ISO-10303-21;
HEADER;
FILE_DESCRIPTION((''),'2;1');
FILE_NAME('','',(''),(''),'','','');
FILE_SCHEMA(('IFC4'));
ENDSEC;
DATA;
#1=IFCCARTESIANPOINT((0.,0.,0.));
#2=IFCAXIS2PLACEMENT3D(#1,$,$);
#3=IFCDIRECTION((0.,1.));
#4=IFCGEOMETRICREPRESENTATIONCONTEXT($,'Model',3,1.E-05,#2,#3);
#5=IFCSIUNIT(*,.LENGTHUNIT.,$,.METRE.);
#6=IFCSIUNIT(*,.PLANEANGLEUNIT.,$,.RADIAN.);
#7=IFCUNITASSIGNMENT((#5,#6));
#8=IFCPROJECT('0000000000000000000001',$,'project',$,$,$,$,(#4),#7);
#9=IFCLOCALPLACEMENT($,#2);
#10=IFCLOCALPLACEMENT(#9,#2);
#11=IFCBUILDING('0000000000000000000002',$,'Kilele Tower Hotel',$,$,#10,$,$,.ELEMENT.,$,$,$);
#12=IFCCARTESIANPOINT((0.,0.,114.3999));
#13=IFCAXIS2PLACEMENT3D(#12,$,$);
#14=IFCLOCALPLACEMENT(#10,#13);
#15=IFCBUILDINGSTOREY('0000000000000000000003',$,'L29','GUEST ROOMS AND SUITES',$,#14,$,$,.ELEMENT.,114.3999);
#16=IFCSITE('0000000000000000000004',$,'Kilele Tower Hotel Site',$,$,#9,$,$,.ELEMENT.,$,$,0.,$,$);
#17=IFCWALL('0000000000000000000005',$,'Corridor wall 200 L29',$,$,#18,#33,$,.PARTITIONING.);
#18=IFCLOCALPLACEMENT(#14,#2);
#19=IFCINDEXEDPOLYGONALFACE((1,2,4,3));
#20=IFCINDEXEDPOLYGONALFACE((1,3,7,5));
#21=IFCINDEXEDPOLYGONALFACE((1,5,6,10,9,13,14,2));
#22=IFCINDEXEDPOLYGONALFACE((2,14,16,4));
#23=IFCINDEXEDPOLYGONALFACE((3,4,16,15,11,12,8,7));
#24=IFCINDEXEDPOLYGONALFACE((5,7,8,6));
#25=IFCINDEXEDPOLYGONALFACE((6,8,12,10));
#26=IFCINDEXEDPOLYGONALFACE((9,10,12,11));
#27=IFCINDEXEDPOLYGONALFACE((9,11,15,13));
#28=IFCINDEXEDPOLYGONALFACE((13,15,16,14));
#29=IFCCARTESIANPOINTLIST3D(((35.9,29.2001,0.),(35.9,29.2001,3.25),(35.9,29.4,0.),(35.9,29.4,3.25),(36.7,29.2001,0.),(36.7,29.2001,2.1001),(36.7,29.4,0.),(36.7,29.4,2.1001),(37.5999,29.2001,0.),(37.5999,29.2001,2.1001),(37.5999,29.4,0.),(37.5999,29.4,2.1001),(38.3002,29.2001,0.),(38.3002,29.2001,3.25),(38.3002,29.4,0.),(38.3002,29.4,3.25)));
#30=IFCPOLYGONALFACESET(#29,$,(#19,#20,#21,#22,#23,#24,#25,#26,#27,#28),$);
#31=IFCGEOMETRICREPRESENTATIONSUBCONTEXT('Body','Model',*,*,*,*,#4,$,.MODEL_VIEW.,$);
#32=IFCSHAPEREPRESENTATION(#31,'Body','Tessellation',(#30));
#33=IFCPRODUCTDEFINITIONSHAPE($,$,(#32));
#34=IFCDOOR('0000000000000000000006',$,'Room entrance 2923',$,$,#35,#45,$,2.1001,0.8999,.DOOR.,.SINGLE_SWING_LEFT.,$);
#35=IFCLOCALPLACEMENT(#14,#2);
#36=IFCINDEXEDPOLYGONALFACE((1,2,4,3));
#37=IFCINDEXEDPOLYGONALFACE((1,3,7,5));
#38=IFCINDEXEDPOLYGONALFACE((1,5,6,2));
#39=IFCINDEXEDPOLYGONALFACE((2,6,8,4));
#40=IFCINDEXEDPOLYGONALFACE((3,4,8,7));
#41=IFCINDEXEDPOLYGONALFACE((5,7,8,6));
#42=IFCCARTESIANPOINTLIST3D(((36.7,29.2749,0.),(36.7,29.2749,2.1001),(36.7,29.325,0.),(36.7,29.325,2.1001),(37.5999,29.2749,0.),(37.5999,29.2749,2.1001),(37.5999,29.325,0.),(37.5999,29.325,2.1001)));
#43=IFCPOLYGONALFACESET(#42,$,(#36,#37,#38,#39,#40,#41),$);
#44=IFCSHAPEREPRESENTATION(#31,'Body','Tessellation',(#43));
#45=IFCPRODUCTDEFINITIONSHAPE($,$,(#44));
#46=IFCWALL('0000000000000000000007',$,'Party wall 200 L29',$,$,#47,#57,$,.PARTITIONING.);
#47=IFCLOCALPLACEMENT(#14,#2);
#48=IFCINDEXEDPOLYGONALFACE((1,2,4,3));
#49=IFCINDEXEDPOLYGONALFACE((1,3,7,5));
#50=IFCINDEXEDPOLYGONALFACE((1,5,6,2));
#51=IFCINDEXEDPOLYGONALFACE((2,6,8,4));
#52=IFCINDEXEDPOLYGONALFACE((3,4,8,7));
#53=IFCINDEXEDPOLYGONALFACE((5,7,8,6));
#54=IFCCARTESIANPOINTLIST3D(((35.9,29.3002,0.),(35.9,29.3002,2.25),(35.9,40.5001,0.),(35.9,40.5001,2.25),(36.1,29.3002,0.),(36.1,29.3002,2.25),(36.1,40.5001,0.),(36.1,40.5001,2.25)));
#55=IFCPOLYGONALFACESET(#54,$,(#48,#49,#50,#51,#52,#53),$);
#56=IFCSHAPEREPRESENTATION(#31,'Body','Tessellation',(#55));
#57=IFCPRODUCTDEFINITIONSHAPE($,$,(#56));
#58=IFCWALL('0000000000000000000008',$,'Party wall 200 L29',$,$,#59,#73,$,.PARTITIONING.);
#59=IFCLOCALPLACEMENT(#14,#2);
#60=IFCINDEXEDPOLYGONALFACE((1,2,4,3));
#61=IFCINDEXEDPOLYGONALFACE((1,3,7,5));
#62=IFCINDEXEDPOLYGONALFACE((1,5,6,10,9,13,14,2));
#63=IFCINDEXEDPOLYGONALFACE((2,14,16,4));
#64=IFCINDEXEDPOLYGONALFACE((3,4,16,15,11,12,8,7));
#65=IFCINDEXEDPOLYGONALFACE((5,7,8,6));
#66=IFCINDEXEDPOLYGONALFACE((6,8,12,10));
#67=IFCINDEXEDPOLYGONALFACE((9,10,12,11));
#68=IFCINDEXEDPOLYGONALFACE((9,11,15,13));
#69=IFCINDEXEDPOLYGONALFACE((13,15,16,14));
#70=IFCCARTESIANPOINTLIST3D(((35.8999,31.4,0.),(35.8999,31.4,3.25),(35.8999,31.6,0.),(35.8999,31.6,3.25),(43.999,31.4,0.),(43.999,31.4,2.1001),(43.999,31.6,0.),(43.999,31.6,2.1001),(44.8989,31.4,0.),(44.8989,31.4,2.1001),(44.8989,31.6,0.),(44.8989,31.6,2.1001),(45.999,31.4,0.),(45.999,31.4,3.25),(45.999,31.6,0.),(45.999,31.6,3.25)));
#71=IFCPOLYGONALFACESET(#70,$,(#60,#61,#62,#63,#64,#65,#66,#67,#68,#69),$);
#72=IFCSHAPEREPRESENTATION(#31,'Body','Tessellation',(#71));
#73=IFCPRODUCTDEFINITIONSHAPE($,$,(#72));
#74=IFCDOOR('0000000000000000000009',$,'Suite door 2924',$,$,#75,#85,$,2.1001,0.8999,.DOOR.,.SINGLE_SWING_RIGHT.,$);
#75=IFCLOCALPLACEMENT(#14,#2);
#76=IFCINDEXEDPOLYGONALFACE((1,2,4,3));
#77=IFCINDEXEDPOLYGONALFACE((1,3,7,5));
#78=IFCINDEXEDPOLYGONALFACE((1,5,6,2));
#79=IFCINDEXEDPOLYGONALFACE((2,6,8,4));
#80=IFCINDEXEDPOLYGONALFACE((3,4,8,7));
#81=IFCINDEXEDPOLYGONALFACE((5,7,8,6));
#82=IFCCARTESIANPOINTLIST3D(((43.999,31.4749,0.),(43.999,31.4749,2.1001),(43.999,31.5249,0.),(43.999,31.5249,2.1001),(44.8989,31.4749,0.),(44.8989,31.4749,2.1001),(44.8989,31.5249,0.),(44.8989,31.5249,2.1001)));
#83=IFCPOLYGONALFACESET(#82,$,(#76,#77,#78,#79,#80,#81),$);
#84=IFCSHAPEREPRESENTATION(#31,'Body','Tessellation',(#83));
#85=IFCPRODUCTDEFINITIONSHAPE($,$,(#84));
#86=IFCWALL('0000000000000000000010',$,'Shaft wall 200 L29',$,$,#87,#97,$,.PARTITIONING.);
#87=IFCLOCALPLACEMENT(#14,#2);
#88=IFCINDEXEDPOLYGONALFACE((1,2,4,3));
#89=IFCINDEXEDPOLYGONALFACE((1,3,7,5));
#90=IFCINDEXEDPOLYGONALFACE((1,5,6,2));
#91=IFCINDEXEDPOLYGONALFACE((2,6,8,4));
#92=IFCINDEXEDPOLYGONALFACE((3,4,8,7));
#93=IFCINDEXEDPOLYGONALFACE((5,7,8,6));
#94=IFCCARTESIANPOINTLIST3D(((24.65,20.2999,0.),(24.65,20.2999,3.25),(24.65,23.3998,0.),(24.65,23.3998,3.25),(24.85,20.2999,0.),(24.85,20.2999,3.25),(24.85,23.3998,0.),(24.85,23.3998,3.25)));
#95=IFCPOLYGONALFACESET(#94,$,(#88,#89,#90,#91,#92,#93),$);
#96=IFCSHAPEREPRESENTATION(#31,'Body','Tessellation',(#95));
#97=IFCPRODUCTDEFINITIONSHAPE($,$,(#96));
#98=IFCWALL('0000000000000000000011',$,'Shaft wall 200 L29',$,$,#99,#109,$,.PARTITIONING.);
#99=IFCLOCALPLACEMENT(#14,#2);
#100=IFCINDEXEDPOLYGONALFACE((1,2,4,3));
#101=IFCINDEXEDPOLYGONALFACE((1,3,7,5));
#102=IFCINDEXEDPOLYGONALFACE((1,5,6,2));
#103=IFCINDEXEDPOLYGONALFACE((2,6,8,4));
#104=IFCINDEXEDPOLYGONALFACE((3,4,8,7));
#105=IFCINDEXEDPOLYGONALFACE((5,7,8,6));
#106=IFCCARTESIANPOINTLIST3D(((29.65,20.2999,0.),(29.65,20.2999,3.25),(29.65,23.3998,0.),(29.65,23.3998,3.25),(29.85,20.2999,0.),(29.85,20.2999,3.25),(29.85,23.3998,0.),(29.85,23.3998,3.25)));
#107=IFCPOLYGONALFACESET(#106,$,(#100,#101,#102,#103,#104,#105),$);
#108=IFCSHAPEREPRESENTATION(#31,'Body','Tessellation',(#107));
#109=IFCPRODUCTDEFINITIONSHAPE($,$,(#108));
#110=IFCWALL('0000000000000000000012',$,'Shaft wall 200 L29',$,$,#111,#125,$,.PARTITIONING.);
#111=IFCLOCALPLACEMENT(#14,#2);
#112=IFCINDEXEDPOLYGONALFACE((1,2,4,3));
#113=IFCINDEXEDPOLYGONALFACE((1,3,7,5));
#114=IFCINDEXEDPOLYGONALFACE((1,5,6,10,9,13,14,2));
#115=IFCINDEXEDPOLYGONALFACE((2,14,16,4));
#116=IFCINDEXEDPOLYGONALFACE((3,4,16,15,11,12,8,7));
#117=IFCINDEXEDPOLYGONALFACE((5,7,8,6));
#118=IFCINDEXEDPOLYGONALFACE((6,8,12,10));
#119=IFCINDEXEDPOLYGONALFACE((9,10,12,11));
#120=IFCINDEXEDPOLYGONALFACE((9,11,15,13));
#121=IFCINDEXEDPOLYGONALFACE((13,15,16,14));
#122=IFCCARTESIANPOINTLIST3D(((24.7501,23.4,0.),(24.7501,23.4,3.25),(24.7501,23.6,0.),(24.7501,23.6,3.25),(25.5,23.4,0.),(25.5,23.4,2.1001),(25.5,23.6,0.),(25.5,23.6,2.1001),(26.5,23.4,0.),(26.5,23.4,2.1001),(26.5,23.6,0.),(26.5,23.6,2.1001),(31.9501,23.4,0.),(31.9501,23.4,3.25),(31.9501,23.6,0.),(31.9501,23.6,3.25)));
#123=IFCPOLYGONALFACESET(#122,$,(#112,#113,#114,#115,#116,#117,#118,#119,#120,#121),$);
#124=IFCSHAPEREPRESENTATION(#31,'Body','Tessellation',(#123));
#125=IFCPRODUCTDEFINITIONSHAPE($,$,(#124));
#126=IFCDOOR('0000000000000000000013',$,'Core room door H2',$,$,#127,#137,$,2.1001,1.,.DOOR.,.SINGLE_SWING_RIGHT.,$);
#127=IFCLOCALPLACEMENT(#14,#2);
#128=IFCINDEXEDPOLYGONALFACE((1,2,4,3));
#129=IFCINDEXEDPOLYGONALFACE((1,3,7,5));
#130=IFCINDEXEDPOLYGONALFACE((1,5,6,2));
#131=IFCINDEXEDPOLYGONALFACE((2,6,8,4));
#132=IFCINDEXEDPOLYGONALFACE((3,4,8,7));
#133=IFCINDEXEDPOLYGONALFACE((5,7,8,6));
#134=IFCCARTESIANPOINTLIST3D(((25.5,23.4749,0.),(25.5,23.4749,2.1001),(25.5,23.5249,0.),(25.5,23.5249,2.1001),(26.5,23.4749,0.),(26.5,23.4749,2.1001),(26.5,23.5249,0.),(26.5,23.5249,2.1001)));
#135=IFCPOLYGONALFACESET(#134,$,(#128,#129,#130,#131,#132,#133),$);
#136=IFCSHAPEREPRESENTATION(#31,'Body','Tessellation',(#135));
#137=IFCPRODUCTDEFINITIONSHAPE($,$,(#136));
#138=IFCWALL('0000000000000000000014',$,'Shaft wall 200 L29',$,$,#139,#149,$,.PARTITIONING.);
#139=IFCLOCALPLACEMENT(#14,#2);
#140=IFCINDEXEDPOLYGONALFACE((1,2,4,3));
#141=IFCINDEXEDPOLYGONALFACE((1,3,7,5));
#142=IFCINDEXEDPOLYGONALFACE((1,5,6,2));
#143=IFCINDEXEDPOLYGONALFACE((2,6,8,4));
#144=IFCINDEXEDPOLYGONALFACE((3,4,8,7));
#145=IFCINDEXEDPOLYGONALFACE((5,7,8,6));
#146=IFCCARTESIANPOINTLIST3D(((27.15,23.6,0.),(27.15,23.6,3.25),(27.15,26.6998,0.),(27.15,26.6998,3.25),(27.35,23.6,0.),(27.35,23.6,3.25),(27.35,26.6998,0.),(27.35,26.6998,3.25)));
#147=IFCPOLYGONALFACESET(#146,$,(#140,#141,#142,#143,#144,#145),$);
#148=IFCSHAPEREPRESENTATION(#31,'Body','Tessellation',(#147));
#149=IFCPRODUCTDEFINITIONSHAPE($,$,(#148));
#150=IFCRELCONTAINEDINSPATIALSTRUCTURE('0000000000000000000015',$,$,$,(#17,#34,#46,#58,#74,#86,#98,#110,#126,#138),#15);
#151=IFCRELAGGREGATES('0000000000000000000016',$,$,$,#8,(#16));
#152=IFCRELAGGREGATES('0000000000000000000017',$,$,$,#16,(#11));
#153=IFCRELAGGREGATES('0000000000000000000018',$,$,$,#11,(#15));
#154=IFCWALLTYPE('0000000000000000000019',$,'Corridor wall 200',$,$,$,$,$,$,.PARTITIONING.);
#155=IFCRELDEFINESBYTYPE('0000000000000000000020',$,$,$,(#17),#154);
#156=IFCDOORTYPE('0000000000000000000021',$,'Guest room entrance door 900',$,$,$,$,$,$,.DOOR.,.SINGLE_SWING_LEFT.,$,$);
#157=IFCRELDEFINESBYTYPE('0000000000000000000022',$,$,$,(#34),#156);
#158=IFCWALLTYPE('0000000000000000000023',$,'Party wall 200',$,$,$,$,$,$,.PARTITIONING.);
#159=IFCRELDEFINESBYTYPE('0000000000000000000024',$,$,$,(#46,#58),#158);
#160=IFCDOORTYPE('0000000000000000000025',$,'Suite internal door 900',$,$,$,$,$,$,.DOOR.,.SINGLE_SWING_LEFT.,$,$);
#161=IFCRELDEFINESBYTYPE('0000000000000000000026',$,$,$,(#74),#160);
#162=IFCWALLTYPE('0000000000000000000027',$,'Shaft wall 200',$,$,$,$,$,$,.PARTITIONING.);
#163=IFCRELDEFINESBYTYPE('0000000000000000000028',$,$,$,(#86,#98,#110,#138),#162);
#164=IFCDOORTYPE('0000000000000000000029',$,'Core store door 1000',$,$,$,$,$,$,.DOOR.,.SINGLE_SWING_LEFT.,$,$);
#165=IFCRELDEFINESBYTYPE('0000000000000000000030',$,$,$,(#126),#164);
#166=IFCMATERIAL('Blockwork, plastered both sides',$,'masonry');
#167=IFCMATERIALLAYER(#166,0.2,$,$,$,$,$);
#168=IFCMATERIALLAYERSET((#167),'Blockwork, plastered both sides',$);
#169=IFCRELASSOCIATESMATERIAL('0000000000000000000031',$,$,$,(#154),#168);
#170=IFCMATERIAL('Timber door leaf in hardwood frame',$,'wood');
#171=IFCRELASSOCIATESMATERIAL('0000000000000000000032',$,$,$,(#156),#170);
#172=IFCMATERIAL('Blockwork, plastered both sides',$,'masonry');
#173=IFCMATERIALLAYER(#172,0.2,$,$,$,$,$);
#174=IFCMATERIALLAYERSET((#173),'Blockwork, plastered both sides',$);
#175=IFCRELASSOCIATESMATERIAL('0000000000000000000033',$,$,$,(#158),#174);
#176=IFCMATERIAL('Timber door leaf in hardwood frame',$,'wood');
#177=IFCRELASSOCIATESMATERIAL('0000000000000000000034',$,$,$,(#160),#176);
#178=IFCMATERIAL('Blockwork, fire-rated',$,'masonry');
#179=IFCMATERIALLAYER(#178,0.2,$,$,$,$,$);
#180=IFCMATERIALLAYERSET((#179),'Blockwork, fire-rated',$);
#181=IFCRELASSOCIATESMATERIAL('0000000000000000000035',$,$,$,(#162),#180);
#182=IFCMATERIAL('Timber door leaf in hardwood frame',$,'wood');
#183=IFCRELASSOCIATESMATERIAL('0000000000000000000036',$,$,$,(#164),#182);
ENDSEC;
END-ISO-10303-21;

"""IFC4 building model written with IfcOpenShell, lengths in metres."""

from ifc_helpers import new_model, si_unit, direction, frame, frame_2d, origin, place, context, subcontext, project, spatial, rectangle, extrude, material, layer, layer_set, type_object, element, fill, save


model = new_model("IFC4")

# Units and contexts
model_context = context("Model", 3, precision=1e-05, world=origin(), true_north=direction((0.0, 1.0)))
body_context = subcontext(model_context, "Body", "Model", "MODEL_VIEW")
ifc_project = project(units=[si_unit("LENGTHUNIT", "METRE"), si_unit("PLANEANGLEUNIT", "RADIAN")], contexts=[model_context])

# Site, building, storey
site_placement = place(None, origin())
site = spatial("IfcSite", under=ifc_project, at=site_placement, Name="Kilele Tower Hotel Site", CompositionType="ELEMENT", RefElevation=0.0)
building_placement = place(site_placement, origin())
building = spatial("IfcBuilding", under=site, at=building_placement, Name="Kilele Tower Hotel", CompositionType="ELEMENT")
storey_placement = place(building_placement, frame((0.0, 0.0, 114.3999)))
storey = spatial("IfcBuildingStorey", under=building, at=storey_placement, Name="L29", Description="GUEST ROOMS AND SUITES", CompositionType="ELEMENT", Elevation=114.3999)

# Wall, opening, door
ifc_material_1 = material(Name="Blockwork, plastered both sides", Category="masonry")
ifc_layer_1 = layer(ifc_material_1, 0.2)
ifc_layer_set_1 = layer_set([ifc_layer_1], Name="Blockwork, plastered both sides")
wall_type_1 = type_object("IfcWallType", Name="Corridor wall 200", PredefinedType="PARTITIONING", material=ifc_layer_set_1)
wall_1_placement = place(storey_placement, frame((35.8999, 29.3, 0.0), z_axis=(0.0, 0.0, 1.0), x_axis=(1.0, 0.0, 0.0)))
wall_1 = element("IfcWall", 1, at=wall_1_placement, inside=storey, type_object=wall_type_1, Name="Corridor wall 200 L29", PredefinedType="PARTITIONING", context=body_context, shape_type="SweptSolid", body=[
    extrude(rectangle(XDim=2.4001, YDim=0.2, at=frame_2d((1.2002, 0.0))), origin(), (0.0, 0.0, 1.0), 3.25),
])
opening_1_placement = place(wall_1_placement, frame((0.8, 0.0, 0.0)))
opening_1 = element("IfcOpeningElement", 2, at=opening_1_placement, cuts=wall_1, PredefinedType="OPENING", context=body_context, shape_type="SweptSolid", body=[
    extrude(rectangle(XDim=0.8999, YDim=2.1001, at=frame_2d((0.45, 1.05))), frame((0.0, 0.1099, 0.0), z_axis=(0.0, -1.0, 0.0), x_axis=(1.0, 0.0, 0.0)), (0.0, 0.0, 1.0), 0.22),
])
ifc_material_2 = material(Name="Timber door leaf in hardwood frame", Category="wood")
door_type_1 = type_object("IfcDoorType", Name="Guest room entrance door 900", OperationType="SINGLE_SWING_LEFT", PredefinedType="DOOR", material=ifc_material_2)
door_1_placement = place(opening_1_placement, origin())
door_1 = element("IfcDoor", 3, at=door_1_placement, inside=storey, type_object=door_type_1, Name="Room entrance 2923", OperationType="SINGLE_SWING_LEFT", OverallHeight=2.1001, OverallWidth=0.8999, PredefinedType="DOOR", context=body_context, shape_type="SweptSolid", body=[
    extrude(rectangle(XDim=0.8999, YDim=2.1001, at=frame_2d((0.45, 1.05))), frame((0.0, 0.0249, 0.0), z_axis=(0.0, -1.0, 0.0), x_axis=(1.0, 0.0, 0.0)), (0.0, 0.0, 1.0), 0.05),
])
fill(opening_1, door_1)

# Wall
ifc_material_3 = material(Name="Blockwork, plastered both sides", Category="masonry")
ifc_layer_2 = layer(ifc_material_3, 0.2)
ifc_layer_set_2 = layer_set([ifc_layer_2], Name="Blockwork, plastered both sides")
wall_type_2 = type_object("IfcWallType", Name="Party wall 200", PredefinedType="PARTITIONING", material=ifc_layer_set_2)
wall_2_placement = place(storey_placement, frame((36.0, 29.3, 0.0), z_axis=(0.0, 0.0, 1.0), x_axis=(0.0, 1.0, 0.0)))
element("IfcWall", 4, at=wall_2_placement, inside=storey, type_object=wall_type_2, Name="Party wall 200 L29", PredefinedType="PARTITIONING", context=body_context, shape_type="SweptSolid", body=[
    extrude(rectangle(XDim=11.2, YDim=0.2, at=frame_2d((5.6001, 0.0))), origin(), (0.0, 0.0, 1.0), 2.25),
])

# Wall, opening, door
wall_3_placement = place(storey_placement, frame((35.8999, 31.5, 0.0), z_axis=(0.0, 0.0, 1.0), x_axis=(1.0, 0.0, 0.0)))
wall_3 = element("IfcWall", 5, at=wall_3_placement, inside=storey, type_object=wall_type_2, Name="Party wall 200 L29", PredefinedType="PARTITIONING", context=body_context, shape_type="SweptSolid", body=[
    extrude(rectangle(XDim=10.0991, YDim=0.2, at=frame_2d((5.0496, 0.0))), origin(), (0.0, 0.0, 1.0), 3.25),
])
opening_2_placement = place(wall_3_placement, frame((8.0991, 0.0, 0.0)))
opening_2 = element("IfcOpeningElement", 6, at=opening_2_placement, cuts=wall_3, PredefinedType="OPENING", context=body_context, shape_type="SweptSolid", body=[
    extrude(rectangle(XDim=0.8999, YDim=2.1001, at=frame_2d((0.45, 1.05))), frame((0.0, 0.1099, 0.0), z_axis=(0.0, -1.0, 0.0), x_axis=(1.0, 0.0, 0.0)), (0.0, 0.0, 1.0), 0.22),
])
ifc_material_4 = material(Name="Timber door leaf in hardwood frame", Category="wood")
door_type_2 = type_object("IfcDoorType", Name="Suite internal door 900", OperationType="SINGLE_SWING_LEFT", PredefinedType="DOOR", material=ifc_material_4)
door_2_placement = place(opening_2_placement, origin())
door_2 = element("IfcDoor", 7, at=door_2_placement, inside=storey, type_object=door_type_2, Name="Suite door 2924", OperationType="SINGLE_SWING_RIGHT", OverallHeight=2.1001, OverallWidth=0.8999, PredefinedType="DOOR", context=body_context, shape_type="SweptSolid", body=[
    extrude(rectangle(XDim=0.8999, YDim=2.1001, at=frame_2d((0.45, 1.05))), frame((0.0, 0.0249, 0.0), z_axis=(0.0, -1.0, 0.0), x_axis=(1.0, 0.0, 0.0)), (0.0, 0.0, 1.0), 0.05),
])
fill(opening_2, door_2)

# Walls
ifc_material_5 = material(Name="Blockwork, fire-rated", Category="masonry")
ifc_layer_3 = layer(ifc_material_5, 0.2)
ifc_layer_set_3 = layer_set([ifc_layer_3], Name="Blockwork, fire-rated")
wall_type_3 = type_object("IfcWallType", Name="Shaft wall 200", PredefinedType="PARTITIONING", material=ifc_layer_set_3)
for number, where, z_axis, x_axis, name in (
    (8, (24.75, 20.3, 0.0), (0.0, 0.0, 1.0), (0.0, 1.0, 0.0), "Shaft wall 200 L29"),
    (9, (29.75, 20.3, 0.0), (0.0, 0.0, 1.0), (0.0, 1.0, 0.0), "Shaft wall 200 L29"),
):
    element("IfcWall", number, at=place(storey_placement, frame(where, z_axis=z_axis, x_axis=x_axis)), inside=storey, type_object=wall_type_3, Name=name, PredefinedType="PARTITIONING", context=body_context, shape_type="SweptSolid", body=[
        extrude(rectangle(XDim=3.0999, YDim=0.2, at=frame_2d((1.5498, 0.0))), origin(), (0.0, 0.0, 1.0), 3.25),
    ])

# Wall, opening, door
wall_4_placement = place(storey_placement, frame((24.75, 23.5, 0.0), z_axis=(0.0, 0.0, 1.0), x_axis=(1.0, 0.0, 0.0)))
wall_4 = element("IfcWall", 10, at=wall_4_placement, inside=storey, type_object=wall_type_3, Name="Shaft wall 200 L29", PredefinedType="PARTITIONING", context=body_context, shape_type="SweptSolid", body=[
    extrude(rectangle(XDim=7.2, YDim=0.2, at=frame_2d((3.6001, 0.0))), origin(), (0.0, 0.0, 1.0), 3.25),
])
opening_3_placement = place(wall_4_placement, frame((0.75, 0.0, 0.0)))
opening_3 = element("IfcOpeningElement", 11, at=opening_3_placement, cuts=wall_4, PredefinedType="OPENING", context=body_context, shape_type="SweptSolid", body=[
    extrude(rectangle(XDim=1.0, YDim=2.1001, at=frame_2d((0.5, 1.05))), frame((0.0, 0.1099, 0.0), z_axis=(0.0, -1.0, 0.0), x_axis=(1.0, 0.0, 0.0)), (0.0, 0.0, 1.0), 0.22),
])
ifc_material_6 = material(Name="Timber door leaf in hardwood frame", Category="wood")
door_type_3 = type_object("IfcDoorType", Name="Core store door 1000", OperationType="SINGLE_SWING_LEFT", PredefinedType="DOOR", material=ifc_material_6)
door_3_placement = place(opening_3_placement, origin())
door_3 = element("IfcDoor", 12, at=door_3_placement, inside=storey, type_object=door_type_3, Name="Core room door H2", OperationType="SINGLE_SWING_RIGHT", OverallHeight=2.1001, OverallWidth=1.0, PredefinedType="DOOR", context=body_context, shape_type="SweptSolid", body=[
    extrude(rectangle(XDim=1.0, YDim=2.1001, at=frame_2d((0.5, 1.05))), frame((0.0, 0.0249, 0.0), z_axis=(0.0, -1.0, 0.0), x_axis=(1.0, 0.0, 0.0)), (0.0, 0.0, 1.0), 0.05),
])
fill(opening_3, door_3)

# Wall
wall_5_placement = place(storey_placement, frame((27.25, 23.6001, 0.0), z_axis=(0.0, 0.0, 1.0), x_axis=(0.0, 1.0, 0.0)))
element("IfcWall", 13, at=wall_5_placement, inside=storey, type_object=wall_type_3, Name="Shaft wall 200 L29", PredefinedType="PARTITIONING", context=body_context, shape_type="SweptSolid", body=[
    extrude(rectangle(XDim=3.0999, YDim=0.2, at=frame_2d((1.5498, 0.0))), origin(), (0.0, 0.0, 1.0), 3.25),
])

save(model, "model.ifc")
